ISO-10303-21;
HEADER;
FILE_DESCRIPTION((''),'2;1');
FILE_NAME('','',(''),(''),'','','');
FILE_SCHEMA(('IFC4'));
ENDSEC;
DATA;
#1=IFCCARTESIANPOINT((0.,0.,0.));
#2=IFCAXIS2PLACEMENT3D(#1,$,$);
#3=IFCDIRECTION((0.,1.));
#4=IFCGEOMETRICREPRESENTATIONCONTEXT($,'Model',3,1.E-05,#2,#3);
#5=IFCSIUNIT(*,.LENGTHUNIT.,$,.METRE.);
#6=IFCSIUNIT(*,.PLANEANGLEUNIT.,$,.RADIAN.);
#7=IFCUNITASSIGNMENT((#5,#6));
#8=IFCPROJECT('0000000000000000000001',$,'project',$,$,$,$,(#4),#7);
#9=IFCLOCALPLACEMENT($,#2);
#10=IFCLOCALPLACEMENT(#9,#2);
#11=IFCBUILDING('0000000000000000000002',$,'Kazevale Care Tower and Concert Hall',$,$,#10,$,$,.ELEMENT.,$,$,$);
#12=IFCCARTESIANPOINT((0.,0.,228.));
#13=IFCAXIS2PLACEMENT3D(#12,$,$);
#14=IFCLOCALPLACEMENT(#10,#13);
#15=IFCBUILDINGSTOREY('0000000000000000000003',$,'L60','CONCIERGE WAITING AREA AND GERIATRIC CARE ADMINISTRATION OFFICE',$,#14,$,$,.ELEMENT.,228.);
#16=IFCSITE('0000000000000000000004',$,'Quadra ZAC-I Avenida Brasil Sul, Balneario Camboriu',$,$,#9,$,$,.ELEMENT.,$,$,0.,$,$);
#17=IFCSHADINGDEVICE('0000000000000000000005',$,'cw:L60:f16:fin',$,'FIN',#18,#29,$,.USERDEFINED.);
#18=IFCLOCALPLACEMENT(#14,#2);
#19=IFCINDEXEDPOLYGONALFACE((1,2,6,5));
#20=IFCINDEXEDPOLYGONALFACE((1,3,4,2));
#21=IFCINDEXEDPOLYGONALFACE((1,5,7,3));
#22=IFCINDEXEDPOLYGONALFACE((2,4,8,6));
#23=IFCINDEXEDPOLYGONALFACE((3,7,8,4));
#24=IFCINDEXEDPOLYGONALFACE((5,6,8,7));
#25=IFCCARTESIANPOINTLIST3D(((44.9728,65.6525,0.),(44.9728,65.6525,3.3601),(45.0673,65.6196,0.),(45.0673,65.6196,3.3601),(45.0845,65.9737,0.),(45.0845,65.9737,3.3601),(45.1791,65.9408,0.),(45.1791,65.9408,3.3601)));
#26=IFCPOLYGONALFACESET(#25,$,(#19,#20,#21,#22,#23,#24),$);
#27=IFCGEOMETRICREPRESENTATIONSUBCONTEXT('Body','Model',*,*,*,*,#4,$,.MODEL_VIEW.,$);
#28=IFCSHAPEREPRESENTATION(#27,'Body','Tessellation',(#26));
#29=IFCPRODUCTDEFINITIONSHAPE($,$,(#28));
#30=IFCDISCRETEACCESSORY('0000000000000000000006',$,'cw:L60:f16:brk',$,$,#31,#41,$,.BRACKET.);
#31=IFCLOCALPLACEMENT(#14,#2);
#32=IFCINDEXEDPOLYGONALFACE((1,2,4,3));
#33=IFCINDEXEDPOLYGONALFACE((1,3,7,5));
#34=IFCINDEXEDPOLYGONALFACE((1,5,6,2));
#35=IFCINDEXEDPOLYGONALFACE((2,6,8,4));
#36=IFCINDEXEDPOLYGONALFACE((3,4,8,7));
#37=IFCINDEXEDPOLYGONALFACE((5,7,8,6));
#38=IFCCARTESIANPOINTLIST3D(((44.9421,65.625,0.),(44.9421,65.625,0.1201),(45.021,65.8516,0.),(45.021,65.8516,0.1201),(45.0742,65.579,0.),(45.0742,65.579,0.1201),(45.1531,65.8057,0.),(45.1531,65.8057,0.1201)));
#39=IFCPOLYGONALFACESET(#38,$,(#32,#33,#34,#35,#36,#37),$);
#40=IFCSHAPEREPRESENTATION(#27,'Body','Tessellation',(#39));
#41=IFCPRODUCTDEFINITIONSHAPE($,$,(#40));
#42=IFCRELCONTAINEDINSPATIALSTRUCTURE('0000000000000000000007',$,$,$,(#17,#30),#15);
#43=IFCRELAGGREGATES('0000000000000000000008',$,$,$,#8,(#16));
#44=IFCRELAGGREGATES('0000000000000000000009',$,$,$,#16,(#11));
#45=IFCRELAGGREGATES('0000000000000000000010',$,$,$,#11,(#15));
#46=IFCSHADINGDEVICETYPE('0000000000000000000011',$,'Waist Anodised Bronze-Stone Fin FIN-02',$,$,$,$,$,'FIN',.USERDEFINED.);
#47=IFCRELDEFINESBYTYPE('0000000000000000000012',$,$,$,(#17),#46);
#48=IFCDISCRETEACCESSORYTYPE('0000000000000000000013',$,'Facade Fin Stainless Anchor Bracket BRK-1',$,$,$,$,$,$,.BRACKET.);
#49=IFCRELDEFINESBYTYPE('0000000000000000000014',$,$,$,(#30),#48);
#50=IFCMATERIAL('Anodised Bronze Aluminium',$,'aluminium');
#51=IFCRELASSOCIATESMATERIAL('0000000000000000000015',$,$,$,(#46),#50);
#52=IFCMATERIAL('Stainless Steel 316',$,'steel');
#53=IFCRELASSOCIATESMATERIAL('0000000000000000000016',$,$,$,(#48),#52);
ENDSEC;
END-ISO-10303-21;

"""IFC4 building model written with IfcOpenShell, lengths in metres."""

from ifc_helpers import new_model, si_unit, direction, frame, origin, origin_2d, place, context, subcontext, project, spatial, rectangle, extrude, material, type_object, element, save


model = new_model("IFC4")

# Units and contexts
model_context = context("Model", 3, precision=1e-05, world=origin(), true_north=direction((0.0, 1.0)))
body_context = subcontext(model_context, "Body", "Model", "MODEL_VIEW")
ifc_project = project(units=[si_unit("LENGTHUNIT", "METRE"), si_unit("PLANEANGLEUNIT", "RADIAN")], contexts=[model_context])

# Site, building, storey
site_placement = place(None, origin())
site = spatial("IfcSite", under=ifc_project, at=site_placement, Name="Quadra ZAC-I Avenida Brasil Sul, Balneario Camboriu", CompositionType="ELEMENT", RefElevation=0.0)
building_placement = place(site_placement, origin())
building = spatial("IfcBuilding", under=site, at=building_placement, Name="Kazevale Care Tower and Concert Hall", CompositionType="ELEMENT")
storey_placement = place(building_placement, frame((0.0, 0.0, 228.0)))
storey = spatial("IfcBuildingStorey", under=building, at=storey_placement, Name="L60", Description="CONCIERGE WAITING AREA AND GERIATRIC CARE ADMINISTRATION OFFICE", CompositionType="ELEMENT", Elevation=228.0)

# Shading device
ifc_material_1 = material(Name="Anodised Bronze Aluminium", Category="aluminium")
shading_device_type = type_object("IfcShadingDeviceType", Name="Waist Anodised Bronze-Stone Fin FIN-02", ElementType="FIN", PredefinedType="USERDEFINED", material=ifc_material_1)
shading_device_placement = place(storey_placement, frame((45.0759, 65.7966, 0.0), z_axis=(0.0, 0.0, 1.0), x_axis=(0.328537, 0.944491, 0.0)))
element("IfcShadingDevice", 1, at=shading_device_placement, inside=storey, type_object=shading_device_type, Name="cw:L60:f16:fin", ObjectType="FIN", PredefinedType="USERDEFINED", context=body_context, shape_type="SweptSolid", body=[
    extrude(rectangle(XDim=0.3401, YDim=0.1001, at=origin_2d()), origin(), (0.0, 0.0, 1.0), 3.3601),
])

# Discrete accessory
ifc_material_2 = material(Name="Stainless Steel 316", Category="steel")
discrete_accessory_type = type_object("IfcDiscreteAccessoryType", Name="Facade Fin Stainless Anchor Bracket BRK-1", PredefinedType="BRACKET", material=ifc_material_2)
discrete_accessory_placement = place(storey_placement, frame((45.0476, 65.7153, 0.0), z_axis=(0.0, 0.0, 1.0), x_axis=(0.328537, 0.944491, 0.0)))
element("IfcDiscreteAccessory", 2, at=discrete_accessory_placement, inside=storey, type_object=discrete_accessory_type, Name="cw:L60:f16:brk", PredefinedType="BRACKET", context=body_context, shape_type="SweptSolid", body=[
    extrude(rectangle(XDim=0.24, YDim=0.1399, at=origin_2d()), origin(), (0.0, 0.0, 1.0), 0.1201),
])

save(model, "model.ifc")
